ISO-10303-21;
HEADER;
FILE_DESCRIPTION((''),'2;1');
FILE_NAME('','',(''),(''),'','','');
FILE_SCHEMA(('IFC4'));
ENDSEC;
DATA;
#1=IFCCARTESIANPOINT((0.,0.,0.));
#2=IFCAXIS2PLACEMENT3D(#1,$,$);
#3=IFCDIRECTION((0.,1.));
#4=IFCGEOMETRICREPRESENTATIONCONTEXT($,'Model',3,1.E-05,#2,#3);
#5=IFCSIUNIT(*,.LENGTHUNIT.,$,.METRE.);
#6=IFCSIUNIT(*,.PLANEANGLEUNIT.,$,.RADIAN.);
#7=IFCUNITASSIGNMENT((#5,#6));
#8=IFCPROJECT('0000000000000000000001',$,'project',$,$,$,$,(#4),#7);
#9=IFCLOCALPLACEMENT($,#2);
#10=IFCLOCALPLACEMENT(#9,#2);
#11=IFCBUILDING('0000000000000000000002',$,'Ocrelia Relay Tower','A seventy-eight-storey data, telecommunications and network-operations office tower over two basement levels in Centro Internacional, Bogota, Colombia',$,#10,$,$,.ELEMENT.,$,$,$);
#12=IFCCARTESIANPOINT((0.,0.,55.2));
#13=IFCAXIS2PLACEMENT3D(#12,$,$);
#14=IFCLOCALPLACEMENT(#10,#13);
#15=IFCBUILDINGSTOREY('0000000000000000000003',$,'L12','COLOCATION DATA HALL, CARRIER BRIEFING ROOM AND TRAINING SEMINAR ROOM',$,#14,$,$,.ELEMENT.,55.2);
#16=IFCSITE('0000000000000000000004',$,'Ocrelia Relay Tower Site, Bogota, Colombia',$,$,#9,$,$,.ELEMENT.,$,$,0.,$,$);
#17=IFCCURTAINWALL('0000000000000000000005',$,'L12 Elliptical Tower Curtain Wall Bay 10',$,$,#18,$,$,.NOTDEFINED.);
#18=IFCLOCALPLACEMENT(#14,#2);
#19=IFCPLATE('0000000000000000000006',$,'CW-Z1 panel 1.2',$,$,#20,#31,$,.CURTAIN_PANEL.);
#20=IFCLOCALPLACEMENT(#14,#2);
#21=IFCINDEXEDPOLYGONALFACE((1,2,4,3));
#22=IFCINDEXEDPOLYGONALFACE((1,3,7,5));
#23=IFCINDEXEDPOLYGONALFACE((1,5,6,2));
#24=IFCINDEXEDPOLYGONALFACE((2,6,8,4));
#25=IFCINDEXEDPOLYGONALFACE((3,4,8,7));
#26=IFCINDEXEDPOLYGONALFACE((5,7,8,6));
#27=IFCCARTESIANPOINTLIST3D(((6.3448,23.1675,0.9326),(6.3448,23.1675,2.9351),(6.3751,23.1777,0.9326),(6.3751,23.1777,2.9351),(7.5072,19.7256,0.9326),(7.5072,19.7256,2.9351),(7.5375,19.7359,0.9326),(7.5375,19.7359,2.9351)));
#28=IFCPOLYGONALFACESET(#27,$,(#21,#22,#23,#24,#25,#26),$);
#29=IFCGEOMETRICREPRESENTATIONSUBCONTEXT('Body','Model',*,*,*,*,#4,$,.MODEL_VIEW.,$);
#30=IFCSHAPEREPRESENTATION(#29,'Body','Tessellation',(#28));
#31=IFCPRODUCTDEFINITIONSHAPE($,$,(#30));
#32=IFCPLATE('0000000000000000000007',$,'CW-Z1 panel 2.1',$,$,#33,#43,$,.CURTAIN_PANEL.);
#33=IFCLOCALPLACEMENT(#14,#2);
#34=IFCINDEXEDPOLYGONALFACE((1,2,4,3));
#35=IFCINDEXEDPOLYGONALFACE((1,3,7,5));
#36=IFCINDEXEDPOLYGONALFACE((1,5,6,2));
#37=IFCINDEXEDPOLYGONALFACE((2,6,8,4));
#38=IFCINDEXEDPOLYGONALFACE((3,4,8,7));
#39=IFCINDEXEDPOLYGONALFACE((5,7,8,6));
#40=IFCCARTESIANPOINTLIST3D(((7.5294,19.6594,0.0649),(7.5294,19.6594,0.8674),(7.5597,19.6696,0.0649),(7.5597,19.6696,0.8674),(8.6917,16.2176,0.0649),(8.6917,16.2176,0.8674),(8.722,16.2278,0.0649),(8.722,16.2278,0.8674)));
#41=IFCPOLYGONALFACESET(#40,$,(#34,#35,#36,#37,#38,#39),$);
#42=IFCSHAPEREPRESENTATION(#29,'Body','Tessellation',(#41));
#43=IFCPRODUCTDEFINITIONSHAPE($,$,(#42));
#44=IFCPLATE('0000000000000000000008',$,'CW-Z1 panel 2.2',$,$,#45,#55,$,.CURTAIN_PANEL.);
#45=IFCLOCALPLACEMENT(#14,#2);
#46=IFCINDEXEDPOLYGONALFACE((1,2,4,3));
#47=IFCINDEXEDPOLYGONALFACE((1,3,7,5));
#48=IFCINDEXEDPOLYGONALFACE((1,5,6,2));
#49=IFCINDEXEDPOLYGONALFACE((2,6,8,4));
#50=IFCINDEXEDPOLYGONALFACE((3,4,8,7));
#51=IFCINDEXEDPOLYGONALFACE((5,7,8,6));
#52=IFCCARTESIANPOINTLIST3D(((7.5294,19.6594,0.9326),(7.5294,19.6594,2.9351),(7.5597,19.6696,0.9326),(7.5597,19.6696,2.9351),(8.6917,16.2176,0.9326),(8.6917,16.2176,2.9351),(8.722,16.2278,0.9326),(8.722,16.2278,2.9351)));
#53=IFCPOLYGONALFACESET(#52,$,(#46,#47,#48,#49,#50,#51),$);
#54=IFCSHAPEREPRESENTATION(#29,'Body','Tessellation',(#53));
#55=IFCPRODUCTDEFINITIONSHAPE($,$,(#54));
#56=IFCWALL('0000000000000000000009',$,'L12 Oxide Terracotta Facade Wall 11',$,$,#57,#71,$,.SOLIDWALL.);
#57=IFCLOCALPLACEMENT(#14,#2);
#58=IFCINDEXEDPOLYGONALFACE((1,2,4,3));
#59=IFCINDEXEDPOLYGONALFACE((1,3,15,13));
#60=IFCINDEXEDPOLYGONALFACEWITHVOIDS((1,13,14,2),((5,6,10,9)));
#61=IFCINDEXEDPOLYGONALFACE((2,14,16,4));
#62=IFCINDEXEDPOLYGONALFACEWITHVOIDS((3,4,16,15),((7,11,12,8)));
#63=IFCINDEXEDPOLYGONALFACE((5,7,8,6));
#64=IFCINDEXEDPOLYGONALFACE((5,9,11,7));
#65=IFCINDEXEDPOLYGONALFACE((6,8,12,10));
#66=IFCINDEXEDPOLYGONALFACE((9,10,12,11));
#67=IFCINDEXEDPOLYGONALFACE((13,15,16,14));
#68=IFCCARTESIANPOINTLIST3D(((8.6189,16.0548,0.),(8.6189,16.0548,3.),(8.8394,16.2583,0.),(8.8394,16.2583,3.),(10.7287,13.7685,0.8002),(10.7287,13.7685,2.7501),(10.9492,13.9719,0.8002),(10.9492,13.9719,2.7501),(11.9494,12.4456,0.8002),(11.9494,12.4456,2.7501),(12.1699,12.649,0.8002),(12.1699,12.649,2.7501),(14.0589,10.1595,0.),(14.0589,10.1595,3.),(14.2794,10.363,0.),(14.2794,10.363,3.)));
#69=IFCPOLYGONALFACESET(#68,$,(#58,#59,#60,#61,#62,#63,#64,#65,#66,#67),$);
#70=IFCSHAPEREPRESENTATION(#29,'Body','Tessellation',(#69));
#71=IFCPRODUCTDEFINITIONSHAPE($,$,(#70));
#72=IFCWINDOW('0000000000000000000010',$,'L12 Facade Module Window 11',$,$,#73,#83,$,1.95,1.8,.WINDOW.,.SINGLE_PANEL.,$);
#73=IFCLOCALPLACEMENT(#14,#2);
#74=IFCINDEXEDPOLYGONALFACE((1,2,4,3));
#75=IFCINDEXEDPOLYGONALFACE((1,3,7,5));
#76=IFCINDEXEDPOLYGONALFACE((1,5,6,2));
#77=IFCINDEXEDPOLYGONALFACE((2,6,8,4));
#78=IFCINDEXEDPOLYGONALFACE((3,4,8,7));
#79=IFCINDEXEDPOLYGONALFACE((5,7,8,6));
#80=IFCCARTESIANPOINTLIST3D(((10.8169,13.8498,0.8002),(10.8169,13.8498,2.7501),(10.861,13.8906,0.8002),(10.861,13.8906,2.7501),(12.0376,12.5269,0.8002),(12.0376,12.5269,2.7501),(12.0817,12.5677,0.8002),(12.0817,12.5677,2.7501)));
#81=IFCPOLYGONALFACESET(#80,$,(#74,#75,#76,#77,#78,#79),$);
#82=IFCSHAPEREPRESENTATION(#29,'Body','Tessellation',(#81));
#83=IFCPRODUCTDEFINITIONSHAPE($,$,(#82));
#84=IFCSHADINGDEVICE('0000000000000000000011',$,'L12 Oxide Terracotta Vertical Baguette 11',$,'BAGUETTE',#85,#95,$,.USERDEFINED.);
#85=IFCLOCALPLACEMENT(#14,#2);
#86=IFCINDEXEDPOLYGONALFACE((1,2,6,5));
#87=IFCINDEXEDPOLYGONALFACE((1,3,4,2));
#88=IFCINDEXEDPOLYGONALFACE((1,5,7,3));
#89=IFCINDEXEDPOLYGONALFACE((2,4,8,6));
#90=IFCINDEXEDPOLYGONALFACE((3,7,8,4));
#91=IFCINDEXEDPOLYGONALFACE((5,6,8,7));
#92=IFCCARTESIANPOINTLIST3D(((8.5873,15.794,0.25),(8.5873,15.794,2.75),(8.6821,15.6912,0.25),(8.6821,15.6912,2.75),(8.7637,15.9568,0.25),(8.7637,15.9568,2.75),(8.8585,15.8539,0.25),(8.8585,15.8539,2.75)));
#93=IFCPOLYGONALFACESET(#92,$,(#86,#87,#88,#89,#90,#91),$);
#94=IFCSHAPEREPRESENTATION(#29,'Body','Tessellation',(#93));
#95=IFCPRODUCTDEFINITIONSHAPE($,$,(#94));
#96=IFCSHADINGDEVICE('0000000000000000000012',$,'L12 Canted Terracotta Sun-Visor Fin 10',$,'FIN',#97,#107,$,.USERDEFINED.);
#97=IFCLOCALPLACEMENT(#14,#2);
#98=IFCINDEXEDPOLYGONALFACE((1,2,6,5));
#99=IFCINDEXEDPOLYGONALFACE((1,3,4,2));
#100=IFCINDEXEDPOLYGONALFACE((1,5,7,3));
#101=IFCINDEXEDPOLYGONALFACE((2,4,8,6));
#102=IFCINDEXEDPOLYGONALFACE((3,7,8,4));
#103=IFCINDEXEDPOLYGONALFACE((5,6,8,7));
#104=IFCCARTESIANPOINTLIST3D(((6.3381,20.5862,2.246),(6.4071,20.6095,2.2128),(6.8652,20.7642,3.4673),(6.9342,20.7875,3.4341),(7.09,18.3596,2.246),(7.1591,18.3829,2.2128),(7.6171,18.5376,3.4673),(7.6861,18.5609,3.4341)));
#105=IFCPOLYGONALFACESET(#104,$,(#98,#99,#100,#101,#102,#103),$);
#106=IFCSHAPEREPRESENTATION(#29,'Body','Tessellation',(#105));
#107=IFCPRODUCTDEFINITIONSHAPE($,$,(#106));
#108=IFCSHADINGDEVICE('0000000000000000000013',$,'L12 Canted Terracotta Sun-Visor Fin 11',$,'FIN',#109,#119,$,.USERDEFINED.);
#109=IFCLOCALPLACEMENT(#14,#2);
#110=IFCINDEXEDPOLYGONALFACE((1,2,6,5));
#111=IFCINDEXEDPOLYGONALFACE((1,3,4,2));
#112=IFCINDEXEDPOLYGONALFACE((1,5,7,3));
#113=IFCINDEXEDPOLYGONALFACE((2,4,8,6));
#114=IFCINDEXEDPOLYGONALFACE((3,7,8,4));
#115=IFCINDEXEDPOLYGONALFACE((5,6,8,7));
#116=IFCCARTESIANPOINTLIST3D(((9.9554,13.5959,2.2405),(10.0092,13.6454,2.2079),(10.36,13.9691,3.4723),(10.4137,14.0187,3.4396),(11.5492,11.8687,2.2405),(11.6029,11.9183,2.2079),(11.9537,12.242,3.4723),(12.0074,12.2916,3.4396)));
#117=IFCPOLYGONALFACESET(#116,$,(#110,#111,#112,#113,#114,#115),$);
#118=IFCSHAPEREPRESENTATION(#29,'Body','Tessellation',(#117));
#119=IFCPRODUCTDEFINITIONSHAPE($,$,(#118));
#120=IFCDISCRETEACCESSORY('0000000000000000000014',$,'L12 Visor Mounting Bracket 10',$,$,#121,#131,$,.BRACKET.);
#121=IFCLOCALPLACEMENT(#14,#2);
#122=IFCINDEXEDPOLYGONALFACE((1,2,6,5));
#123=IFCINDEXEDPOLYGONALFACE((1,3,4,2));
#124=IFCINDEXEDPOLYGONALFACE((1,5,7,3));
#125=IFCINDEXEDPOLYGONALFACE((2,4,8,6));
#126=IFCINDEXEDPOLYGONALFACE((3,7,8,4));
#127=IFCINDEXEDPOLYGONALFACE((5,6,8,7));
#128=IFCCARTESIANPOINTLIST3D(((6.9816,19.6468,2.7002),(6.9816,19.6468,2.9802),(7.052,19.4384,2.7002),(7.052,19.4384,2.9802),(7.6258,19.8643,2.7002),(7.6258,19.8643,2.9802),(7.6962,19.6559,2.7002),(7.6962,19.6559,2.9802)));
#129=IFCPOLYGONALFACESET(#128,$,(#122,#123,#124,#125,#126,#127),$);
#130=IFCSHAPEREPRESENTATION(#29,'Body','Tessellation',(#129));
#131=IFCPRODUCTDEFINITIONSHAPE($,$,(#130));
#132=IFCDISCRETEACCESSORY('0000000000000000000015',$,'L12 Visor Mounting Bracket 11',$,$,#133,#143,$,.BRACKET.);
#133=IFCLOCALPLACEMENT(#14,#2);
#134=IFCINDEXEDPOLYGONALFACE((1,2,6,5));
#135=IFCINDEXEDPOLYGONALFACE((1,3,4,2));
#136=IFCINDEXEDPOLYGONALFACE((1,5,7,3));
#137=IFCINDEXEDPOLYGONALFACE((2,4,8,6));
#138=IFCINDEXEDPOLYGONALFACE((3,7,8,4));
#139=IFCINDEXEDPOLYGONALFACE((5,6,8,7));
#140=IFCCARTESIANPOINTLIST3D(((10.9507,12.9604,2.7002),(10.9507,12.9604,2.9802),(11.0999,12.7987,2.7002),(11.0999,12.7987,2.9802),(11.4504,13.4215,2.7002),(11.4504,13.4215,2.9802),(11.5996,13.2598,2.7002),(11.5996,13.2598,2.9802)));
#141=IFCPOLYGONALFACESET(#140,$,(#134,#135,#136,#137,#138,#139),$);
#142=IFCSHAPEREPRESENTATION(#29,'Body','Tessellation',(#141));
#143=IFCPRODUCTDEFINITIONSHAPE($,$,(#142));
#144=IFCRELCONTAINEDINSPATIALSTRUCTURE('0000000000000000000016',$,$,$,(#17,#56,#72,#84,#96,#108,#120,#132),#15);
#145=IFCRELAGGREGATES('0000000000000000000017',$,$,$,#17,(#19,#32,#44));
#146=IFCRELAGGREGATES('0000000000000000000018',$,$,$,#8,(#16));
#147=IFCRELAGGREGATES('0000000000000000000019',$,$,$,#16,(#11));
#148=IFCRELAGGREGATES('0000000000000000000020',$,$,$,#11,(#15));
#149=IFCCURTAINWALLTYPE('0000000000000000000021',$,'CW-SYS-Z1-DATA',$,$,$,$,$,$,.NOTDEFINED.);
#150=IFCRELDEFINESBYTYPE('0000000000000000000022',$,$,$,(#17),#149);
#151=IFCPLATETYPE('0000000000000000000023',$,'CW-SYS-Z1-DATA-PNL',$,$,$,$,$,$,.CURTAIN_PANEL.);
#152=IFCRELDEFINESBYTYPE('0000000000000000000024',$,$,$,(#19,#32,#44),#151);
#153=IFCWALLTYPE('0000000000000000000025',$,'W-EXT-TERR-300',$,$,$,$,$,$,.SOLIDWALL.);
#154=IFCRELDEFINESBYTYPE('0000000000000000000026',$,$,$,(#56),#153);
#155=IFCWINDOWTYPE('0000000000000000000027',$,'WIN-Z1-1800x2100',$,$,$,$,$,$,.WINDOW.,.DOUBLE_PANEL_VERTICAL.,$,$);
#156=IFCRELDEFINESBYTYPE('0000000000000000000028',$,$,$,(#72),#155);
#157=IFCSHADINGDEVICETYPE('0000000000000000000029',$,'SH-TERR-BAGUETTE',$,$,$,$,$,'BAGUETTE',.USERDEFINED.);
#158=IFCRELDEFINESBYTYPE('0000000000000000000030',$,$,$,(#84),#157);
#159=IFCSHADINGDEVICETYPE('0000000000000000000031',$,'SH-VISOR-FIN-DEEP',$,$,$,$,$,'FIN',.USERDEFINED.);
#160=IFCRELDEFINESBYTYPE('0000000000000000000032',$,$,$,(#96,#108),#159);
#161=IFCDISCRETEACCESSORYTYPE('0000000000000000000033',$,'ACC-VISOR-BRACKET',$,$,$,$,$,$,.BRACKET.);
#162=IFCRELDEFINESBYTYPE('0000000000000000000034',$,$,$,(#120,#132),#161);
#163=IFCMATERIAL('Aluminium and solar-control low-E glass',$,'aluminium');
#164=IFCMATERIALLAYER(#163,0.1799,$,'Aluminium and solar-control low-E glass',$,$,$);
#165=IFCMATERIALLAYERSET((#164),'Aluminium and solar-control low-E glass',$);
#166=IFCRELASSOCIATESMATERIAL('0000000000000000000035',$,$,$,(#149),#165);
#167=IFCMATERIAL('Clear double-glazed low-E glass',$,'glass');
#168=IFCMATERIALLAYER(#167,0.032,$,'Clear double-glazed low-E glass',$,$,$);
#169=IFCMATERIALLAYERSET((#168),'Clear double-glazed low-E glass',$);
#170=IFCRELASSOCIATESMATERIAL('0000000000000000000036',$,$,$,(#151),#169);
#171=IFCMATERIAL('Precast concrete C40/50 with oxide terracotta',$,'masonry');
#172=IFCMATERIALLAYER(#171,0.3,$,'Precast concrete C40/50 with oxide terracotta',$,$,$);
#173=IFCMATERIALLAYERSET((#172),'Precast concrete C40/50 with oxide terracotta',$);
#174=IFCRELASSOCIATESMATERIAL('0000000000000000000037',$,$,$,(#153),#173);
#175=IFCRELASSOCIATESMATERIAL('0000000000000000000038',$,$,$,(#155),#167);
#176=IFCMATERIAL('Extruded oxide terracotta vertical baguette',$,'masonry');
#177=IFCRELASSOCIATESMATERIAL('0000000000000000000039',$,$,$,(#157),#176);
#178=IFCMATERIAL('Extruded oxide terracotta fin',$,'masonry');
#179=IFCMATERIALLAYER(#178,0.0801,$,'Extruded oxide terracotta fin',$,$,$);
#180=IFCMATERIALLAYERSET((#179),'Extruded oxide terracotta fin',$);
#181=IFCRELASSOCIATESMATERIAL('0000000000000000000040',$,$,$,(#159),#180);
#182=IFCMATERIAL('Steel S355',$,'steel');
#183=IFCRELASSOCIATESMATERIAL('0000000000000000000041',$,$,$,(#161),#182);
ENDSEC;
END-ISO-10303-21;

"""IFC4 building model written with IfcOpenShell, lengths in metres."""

from ifc_helpers import new_model, si_unit, direction, frame, frame_2d, origin, origin_2d, place, context, subcontext, project, spatial, rectangle, extrude, material, layer, layer_set, type_object, element, fill, aggregate, save


model = new_model("IFC4")

# Units and contexts
model_context = context("Model", 3, precision=1e-05, world=origin(), true_north=direction((0.0, 1.0)))
body_context = subcontext(model_context, "Body", "Model", "MODEL_VIEW")
ifc_project = project(units=[si_unit("LENGTHUNIT", "METRE"), si_unit("PLANEANGLEUNIT", "RADIAN")], contexts=[model_context])

# Site, building, storey
site_placement = place(None, origin())
site = spatial("IfcSite", under=ifc_project, at=site_placement, Name="Ocrelia Relay Tower Site, Bogota, Colombia", CompositionType="ELEMENT", RefElevation=0.0)
building_placement = place(site_placement, origin())
building = spatial("IfcBuilding", under=site, at=building_placement, Name="Ocrelia Relay Tower", Description="A seventy-eight-storey data, telecommunications and network-operations office tower over two basement levels in Centro Internacional, Bogota, Colombia", CompositionType="ELEMENT")
storey_placement = place(building_placement, frame((0.0, 0.0, 55.2)))
storey = spatial("IfcBuildingStorey", under=building, at=storey_placement, Name="L12", Description="COLOCATION DATA HALL, CARRIER BRIEFING ROOM AND TRAINING SEMINAR ROOM", CompositionType="ELEMENT", Elevation=55.2)

# Shared definitions
ifc_material_1 = material(Name="Aluminium and solar-control low-E glass", Category="aluminium")
ifc_layer_1 = layer(ifc_material_1, 0.1799, Name="Aluminium and solar-control low-E glass")
ifc_layer_set_1 = layer_set([ifc_layer_1], Name="Aluminium and solar-control low-E glass")
curtain_wall_type = type_object("IfcCurtainWallType", Name="CW-SYS-Z1-DATA", PredefinedType="NOTDEFINED", material=ifc_layer_set_1)

# Curtain wall, plates
curtain_wall_1_placement = place(storey_placement, origin())
curtain_wall_1 = element("IfcCurtainWall", 1, at=curtain_wall_1_placement, inside=storey, type_object=curtain_wall_type, Name="L12 Elliptical Tower Curtain Wall Bay 10", PredefinedType="NOTDEFINED")
ifc_material_2 = material(Name="Clear double-glazed low-E glass", Category="glass")
ifc_layer_2 = layer(ifc_material_2, 0.032, Name="Clear double-glazed low-E glass")
ifc_layer_set_2 = layer_set([ifc_layer_2], Name="Clear double-glazed low-E glass")
plate_type = type_object("IfcPlateType", Name="CW-SYS-Z1-DATA-PNL", PredefinedType="CURTAIN_PANEL", material=ifc_layer_set_2)
plate_1_placement = place(storey_placement, frame((6.9412, 21.4517, 0.9326), z_axis=(0.0, 0.0, 1.0), x_axis=(0.319954, -0.947433, 0.0)))
plate_1 = element("IfcPlate", 2, at=plate_1_placement, type_object=plate_type, Name="CW-Z1 panel 1.2", PredefinedType="CURTAIN_PANEL", context=body_context, shape_type="SweptSolid", body=[
    extrude(rectangle(XDim=3.6328, YDim=0.032, at=origin_2d()), origin(), (0.0, 0.0, 1.0), 2.0024),
])
plate_2_placement = place(storey_placement, frame((8.1257, 17.9436, 0.0649), z_axis=(0.0, 0.0, 1.0), x_axis=(0.319954, -0.947433, 0.0)))
plate_2 = element("IfcPlate", 3, at=plate_2_placement, type_object=plate_type, Name="CW-Z1 panel 2.1", PredefinedType="CURTAIN_PANEL", context=body_context, shape_type="SweptSolid", body=[
    extrude(rectangle(XDim=3.6328, YDim=0.032, at=origin_2d()), origin(), (0.0, 0.0, 1.0), 0.8025),
])
plate_3_placement = place(storey_placement, frame((8.1257, 17.9436, 0.9326), z_axis=(0.0, 0.0, 1.0), x_axis=(0.319954, -0.947433, 0.0)))
plate_3 = element("IfcPlate", 4, at=plate_3_placement, type_object=plate_type, Name="CW-Z1 panel 2.2", PredefinedType="CURTAIN_PANEL", context=body_context, shape_type="SweptSolid", body=[
    extrude(rectangle(XDim=3.6328, YDim=0.032, at=origin_2d()), origin(), (0.0, 0.0, 1.0), 2.0024),
])
aggregate(curtain_wall_1, [plate_1, plate_2, plate_3])

# Wall, opening, window
ifc_material_3 = material(Name="Precast concrete C40/50 with oxide terracotta", Category="masonry")
ifc_layer_3 = layer(ifc_material_3, 0.3, Name="Precast concrete C40/50 with oxide terracotta")
ifc_layer_set_3 = layer_set([ifc_layer_3], Name="Precast concrete C40/50 with oxide terracotta")
wall_type = type_object("IfcWallType", Name="W-EXT-TERR-300", PredefinedType="SOLIDWALL", material=ifc_layer_set_3)
wall_placement = place(storey_placement, frame((8.7292, 16.1565, 0.0), z_axis=(0.0, 0.0, 1.0), x_axis=(0.678156, -0.734918, 0.0)))
wall = element("IfcWall", 5, at=wall_placement, inside=storey, type_object=wall_type, Name="L12 Oxide Terracotta Facade Wall 11", PredefinedType="SOLIDWALL", context=body_context, shape_type="SweptSolid", body=[
    extrude(rectangle(XDim=8.0217, YDim=0.3, at=frame_2d((4.0107, 0.0))), origin(), (0.0, 0.0, 1.0), 3.0),
])
opening_placement = place(wall_placement, frame((3.1111, 0.0, 0.8)))
opening = element("IfcOpeningElement", 6, at=opening_placement, cuts=wall, PredefinedType="OPENING", context=body_context, shape_type="SweptSolid", body=[
    extrude(rectangle(XDim=1.8, YDim=1.95, at=frame_2d((0.8999, 0.9751))), frame((0.0, 0.1602, 0.0), z_axis=(0.0, -1.0, 0.0), x_axis=(1.0, 0.0, 0.0)), (0.0, 0.0, 1.0), 0.3201),
])
window_type = type_object("IfcWindowType", Name="WIN-Z1-1800x2100", PartitioningType="DOUBLE_PANEL_VERTICAL", PredefinedType="WINDOW", material=ifc_material_2)
window_placement = place(opening_placement, origin())
window = element("IfcWindow", 7, at=window_placement, inside=storey, type_object=window_type, Name="L12 Facade Module Window 11", OverallHeight=1.95, OverallWidth=1.8, PartitioningType="SINGLE_PANEL", PredefinedType="WINDOW", context=body_context, shape_type="SweptSolid", body=[
    extrude(rectangle(XDim=1.8, YDim=1.95, at=frame_2d((0.8999, 0.9751))), frame((0.0, 0.03, 0.0), z_axis=(0.0, -1.0, 0.0), x_axis=(1.0, 0.0, 0.0)), (0.0, 0.0, 1.0), 0.0601),
])
fill(opening, window)

# Shading devices
ifc_material_4 = material(Name="Extruded oxide terracotta vertical baguette", Category="masonry")
shading_device_type_1 = type_object("IfcShadingDeviceType", Name="SH-TERR-BAGUETTE", ElementType="BAGUETTE", PredefinedType="USERDEFINED", material=ifc_material_4)
shading_device_1_placement = place(storey_placement, frame((8.7229, 15.824, 0.25), z_axis=(0.0, 0.0, 1.0), x_axis=(0.678151, -0.734923, 0.0)))
element("IfcShadingDevice", 8, at=shading_device_1_placement, inside=storey, type_object=shading_device_type_1, Name="L12 Oxide Terracotta Vertical Baguette 11", ObjectType="BAGUETTE", PredefinedType="USERDEFINED", context=body_context, shape_type="SweptSolid", body=[
    extrude(rectangle(XDim=0.1399, YDim=0.24, at=origin_2d()), origin(), (0.0, 0.0, 1.0), 2.5),
])
ifc_material_5 = material(Name="Extruded oxide terracotta fin", Category="masonry")
ifc_layer_4 = layer(ifc_material_5, 0.0801, Name="Extruded oxide terracotta fin")
ifc_layer_set_4 = layer_set([ifc_layer_4], Name="Extruded oxide terracotta fin")
shading_device_type_2 = type_object("IfcShadingDeviceType", Name="SH-VISOR-FIN-DEEP", ElementType="FIN", PredefinedType="USERDEFINED", material=ifc_layer_set_4)
shading_device_2_placement = place(storey_placement, frame((7.0466, 19.5852, 2.8235), z_axis=(-0.862196, -0.291168, 0.414534), x_axis=(0.319954, -0.947433, 0.0)))
element("IfcShadingDevice", 9, at=shading_device_2_placement, inside=storey, type_object=shading_device_type_2, Name="L12 Canted Terracotta Sun-Visor Fin 10", ObjectType="FIN", PredefinedType="USERDEFINED", context=body_context, shape_type="SweptSolid", body=[
    extrude(rectangle(XDim=2.3501, YDim=1.342, at=origin_2d()), origin(), (0.0, 0.0, 1.0), 0.0801),
])
shading_device_3_placement = place(storey_placement, frame((11.0083, 12.9685, 2.8237), z_axis=(-0.670967, -0.619136, 0.408012), x_axis=(0.678151, -0.734923, 0.0)))
element("IfcShadingDevice", 10, at=shading_device_3_placement, inside=storey, type_object=shading_device_type_2, Name="L12 Canted Terracotta Sun-Visor Fin 11", ObjectType="FIN", PredefinedType="USERDEFINED", context=body_context, shape_type="SweptSolid", body=[
    extrude(rectangle(XDim=2.3501, YDim=1.3491, at=origin_2d()), origin(), (0.0, 0.0, 1.0), 0.0801),
])

# Discrete accessories
ifc_material_6 = material(Name="Steel S355", Category="steel")
discrete_accessory_type = type_object("IfcDiscreteAccessoryType", Name="ACC-VISOR-BRACKET", PredefinedType="BRACKET", material=ifc_material_6)
for number, where, z_axis, x_axis, name in (
    (11, (7.3389, 19.6514, 2.7002), (0.0, 0.0, 1.0), (0.319954, -0.947433, 0.0), "L12 Visor Mounting Bracket 10"),
    (12, (11.2751, 13.1101, 2.7002), (0.0, 0.0, 1.0), (0.678151, -0.734923, 0.0), "L12 Visor Mounting Bracket 11"),
):
    element("IfcDiscreteAccessory", number, at=place(storey_placement, frame(where, z_axis=z_axis, x_axis=x_axis)), inside=storey, type_object=discrete_accessory_type, Name=name, PredefinedType="BRACKET", context=body_context, shape_type="SweptSolid", body=[
        extrude(rectangle(XDim=0.22, YDim=0.6799, at=origin_2d()), origin(), (0.0, 0.0, 1.0), 0.28),
    ])

save(model, "model.ifc")
